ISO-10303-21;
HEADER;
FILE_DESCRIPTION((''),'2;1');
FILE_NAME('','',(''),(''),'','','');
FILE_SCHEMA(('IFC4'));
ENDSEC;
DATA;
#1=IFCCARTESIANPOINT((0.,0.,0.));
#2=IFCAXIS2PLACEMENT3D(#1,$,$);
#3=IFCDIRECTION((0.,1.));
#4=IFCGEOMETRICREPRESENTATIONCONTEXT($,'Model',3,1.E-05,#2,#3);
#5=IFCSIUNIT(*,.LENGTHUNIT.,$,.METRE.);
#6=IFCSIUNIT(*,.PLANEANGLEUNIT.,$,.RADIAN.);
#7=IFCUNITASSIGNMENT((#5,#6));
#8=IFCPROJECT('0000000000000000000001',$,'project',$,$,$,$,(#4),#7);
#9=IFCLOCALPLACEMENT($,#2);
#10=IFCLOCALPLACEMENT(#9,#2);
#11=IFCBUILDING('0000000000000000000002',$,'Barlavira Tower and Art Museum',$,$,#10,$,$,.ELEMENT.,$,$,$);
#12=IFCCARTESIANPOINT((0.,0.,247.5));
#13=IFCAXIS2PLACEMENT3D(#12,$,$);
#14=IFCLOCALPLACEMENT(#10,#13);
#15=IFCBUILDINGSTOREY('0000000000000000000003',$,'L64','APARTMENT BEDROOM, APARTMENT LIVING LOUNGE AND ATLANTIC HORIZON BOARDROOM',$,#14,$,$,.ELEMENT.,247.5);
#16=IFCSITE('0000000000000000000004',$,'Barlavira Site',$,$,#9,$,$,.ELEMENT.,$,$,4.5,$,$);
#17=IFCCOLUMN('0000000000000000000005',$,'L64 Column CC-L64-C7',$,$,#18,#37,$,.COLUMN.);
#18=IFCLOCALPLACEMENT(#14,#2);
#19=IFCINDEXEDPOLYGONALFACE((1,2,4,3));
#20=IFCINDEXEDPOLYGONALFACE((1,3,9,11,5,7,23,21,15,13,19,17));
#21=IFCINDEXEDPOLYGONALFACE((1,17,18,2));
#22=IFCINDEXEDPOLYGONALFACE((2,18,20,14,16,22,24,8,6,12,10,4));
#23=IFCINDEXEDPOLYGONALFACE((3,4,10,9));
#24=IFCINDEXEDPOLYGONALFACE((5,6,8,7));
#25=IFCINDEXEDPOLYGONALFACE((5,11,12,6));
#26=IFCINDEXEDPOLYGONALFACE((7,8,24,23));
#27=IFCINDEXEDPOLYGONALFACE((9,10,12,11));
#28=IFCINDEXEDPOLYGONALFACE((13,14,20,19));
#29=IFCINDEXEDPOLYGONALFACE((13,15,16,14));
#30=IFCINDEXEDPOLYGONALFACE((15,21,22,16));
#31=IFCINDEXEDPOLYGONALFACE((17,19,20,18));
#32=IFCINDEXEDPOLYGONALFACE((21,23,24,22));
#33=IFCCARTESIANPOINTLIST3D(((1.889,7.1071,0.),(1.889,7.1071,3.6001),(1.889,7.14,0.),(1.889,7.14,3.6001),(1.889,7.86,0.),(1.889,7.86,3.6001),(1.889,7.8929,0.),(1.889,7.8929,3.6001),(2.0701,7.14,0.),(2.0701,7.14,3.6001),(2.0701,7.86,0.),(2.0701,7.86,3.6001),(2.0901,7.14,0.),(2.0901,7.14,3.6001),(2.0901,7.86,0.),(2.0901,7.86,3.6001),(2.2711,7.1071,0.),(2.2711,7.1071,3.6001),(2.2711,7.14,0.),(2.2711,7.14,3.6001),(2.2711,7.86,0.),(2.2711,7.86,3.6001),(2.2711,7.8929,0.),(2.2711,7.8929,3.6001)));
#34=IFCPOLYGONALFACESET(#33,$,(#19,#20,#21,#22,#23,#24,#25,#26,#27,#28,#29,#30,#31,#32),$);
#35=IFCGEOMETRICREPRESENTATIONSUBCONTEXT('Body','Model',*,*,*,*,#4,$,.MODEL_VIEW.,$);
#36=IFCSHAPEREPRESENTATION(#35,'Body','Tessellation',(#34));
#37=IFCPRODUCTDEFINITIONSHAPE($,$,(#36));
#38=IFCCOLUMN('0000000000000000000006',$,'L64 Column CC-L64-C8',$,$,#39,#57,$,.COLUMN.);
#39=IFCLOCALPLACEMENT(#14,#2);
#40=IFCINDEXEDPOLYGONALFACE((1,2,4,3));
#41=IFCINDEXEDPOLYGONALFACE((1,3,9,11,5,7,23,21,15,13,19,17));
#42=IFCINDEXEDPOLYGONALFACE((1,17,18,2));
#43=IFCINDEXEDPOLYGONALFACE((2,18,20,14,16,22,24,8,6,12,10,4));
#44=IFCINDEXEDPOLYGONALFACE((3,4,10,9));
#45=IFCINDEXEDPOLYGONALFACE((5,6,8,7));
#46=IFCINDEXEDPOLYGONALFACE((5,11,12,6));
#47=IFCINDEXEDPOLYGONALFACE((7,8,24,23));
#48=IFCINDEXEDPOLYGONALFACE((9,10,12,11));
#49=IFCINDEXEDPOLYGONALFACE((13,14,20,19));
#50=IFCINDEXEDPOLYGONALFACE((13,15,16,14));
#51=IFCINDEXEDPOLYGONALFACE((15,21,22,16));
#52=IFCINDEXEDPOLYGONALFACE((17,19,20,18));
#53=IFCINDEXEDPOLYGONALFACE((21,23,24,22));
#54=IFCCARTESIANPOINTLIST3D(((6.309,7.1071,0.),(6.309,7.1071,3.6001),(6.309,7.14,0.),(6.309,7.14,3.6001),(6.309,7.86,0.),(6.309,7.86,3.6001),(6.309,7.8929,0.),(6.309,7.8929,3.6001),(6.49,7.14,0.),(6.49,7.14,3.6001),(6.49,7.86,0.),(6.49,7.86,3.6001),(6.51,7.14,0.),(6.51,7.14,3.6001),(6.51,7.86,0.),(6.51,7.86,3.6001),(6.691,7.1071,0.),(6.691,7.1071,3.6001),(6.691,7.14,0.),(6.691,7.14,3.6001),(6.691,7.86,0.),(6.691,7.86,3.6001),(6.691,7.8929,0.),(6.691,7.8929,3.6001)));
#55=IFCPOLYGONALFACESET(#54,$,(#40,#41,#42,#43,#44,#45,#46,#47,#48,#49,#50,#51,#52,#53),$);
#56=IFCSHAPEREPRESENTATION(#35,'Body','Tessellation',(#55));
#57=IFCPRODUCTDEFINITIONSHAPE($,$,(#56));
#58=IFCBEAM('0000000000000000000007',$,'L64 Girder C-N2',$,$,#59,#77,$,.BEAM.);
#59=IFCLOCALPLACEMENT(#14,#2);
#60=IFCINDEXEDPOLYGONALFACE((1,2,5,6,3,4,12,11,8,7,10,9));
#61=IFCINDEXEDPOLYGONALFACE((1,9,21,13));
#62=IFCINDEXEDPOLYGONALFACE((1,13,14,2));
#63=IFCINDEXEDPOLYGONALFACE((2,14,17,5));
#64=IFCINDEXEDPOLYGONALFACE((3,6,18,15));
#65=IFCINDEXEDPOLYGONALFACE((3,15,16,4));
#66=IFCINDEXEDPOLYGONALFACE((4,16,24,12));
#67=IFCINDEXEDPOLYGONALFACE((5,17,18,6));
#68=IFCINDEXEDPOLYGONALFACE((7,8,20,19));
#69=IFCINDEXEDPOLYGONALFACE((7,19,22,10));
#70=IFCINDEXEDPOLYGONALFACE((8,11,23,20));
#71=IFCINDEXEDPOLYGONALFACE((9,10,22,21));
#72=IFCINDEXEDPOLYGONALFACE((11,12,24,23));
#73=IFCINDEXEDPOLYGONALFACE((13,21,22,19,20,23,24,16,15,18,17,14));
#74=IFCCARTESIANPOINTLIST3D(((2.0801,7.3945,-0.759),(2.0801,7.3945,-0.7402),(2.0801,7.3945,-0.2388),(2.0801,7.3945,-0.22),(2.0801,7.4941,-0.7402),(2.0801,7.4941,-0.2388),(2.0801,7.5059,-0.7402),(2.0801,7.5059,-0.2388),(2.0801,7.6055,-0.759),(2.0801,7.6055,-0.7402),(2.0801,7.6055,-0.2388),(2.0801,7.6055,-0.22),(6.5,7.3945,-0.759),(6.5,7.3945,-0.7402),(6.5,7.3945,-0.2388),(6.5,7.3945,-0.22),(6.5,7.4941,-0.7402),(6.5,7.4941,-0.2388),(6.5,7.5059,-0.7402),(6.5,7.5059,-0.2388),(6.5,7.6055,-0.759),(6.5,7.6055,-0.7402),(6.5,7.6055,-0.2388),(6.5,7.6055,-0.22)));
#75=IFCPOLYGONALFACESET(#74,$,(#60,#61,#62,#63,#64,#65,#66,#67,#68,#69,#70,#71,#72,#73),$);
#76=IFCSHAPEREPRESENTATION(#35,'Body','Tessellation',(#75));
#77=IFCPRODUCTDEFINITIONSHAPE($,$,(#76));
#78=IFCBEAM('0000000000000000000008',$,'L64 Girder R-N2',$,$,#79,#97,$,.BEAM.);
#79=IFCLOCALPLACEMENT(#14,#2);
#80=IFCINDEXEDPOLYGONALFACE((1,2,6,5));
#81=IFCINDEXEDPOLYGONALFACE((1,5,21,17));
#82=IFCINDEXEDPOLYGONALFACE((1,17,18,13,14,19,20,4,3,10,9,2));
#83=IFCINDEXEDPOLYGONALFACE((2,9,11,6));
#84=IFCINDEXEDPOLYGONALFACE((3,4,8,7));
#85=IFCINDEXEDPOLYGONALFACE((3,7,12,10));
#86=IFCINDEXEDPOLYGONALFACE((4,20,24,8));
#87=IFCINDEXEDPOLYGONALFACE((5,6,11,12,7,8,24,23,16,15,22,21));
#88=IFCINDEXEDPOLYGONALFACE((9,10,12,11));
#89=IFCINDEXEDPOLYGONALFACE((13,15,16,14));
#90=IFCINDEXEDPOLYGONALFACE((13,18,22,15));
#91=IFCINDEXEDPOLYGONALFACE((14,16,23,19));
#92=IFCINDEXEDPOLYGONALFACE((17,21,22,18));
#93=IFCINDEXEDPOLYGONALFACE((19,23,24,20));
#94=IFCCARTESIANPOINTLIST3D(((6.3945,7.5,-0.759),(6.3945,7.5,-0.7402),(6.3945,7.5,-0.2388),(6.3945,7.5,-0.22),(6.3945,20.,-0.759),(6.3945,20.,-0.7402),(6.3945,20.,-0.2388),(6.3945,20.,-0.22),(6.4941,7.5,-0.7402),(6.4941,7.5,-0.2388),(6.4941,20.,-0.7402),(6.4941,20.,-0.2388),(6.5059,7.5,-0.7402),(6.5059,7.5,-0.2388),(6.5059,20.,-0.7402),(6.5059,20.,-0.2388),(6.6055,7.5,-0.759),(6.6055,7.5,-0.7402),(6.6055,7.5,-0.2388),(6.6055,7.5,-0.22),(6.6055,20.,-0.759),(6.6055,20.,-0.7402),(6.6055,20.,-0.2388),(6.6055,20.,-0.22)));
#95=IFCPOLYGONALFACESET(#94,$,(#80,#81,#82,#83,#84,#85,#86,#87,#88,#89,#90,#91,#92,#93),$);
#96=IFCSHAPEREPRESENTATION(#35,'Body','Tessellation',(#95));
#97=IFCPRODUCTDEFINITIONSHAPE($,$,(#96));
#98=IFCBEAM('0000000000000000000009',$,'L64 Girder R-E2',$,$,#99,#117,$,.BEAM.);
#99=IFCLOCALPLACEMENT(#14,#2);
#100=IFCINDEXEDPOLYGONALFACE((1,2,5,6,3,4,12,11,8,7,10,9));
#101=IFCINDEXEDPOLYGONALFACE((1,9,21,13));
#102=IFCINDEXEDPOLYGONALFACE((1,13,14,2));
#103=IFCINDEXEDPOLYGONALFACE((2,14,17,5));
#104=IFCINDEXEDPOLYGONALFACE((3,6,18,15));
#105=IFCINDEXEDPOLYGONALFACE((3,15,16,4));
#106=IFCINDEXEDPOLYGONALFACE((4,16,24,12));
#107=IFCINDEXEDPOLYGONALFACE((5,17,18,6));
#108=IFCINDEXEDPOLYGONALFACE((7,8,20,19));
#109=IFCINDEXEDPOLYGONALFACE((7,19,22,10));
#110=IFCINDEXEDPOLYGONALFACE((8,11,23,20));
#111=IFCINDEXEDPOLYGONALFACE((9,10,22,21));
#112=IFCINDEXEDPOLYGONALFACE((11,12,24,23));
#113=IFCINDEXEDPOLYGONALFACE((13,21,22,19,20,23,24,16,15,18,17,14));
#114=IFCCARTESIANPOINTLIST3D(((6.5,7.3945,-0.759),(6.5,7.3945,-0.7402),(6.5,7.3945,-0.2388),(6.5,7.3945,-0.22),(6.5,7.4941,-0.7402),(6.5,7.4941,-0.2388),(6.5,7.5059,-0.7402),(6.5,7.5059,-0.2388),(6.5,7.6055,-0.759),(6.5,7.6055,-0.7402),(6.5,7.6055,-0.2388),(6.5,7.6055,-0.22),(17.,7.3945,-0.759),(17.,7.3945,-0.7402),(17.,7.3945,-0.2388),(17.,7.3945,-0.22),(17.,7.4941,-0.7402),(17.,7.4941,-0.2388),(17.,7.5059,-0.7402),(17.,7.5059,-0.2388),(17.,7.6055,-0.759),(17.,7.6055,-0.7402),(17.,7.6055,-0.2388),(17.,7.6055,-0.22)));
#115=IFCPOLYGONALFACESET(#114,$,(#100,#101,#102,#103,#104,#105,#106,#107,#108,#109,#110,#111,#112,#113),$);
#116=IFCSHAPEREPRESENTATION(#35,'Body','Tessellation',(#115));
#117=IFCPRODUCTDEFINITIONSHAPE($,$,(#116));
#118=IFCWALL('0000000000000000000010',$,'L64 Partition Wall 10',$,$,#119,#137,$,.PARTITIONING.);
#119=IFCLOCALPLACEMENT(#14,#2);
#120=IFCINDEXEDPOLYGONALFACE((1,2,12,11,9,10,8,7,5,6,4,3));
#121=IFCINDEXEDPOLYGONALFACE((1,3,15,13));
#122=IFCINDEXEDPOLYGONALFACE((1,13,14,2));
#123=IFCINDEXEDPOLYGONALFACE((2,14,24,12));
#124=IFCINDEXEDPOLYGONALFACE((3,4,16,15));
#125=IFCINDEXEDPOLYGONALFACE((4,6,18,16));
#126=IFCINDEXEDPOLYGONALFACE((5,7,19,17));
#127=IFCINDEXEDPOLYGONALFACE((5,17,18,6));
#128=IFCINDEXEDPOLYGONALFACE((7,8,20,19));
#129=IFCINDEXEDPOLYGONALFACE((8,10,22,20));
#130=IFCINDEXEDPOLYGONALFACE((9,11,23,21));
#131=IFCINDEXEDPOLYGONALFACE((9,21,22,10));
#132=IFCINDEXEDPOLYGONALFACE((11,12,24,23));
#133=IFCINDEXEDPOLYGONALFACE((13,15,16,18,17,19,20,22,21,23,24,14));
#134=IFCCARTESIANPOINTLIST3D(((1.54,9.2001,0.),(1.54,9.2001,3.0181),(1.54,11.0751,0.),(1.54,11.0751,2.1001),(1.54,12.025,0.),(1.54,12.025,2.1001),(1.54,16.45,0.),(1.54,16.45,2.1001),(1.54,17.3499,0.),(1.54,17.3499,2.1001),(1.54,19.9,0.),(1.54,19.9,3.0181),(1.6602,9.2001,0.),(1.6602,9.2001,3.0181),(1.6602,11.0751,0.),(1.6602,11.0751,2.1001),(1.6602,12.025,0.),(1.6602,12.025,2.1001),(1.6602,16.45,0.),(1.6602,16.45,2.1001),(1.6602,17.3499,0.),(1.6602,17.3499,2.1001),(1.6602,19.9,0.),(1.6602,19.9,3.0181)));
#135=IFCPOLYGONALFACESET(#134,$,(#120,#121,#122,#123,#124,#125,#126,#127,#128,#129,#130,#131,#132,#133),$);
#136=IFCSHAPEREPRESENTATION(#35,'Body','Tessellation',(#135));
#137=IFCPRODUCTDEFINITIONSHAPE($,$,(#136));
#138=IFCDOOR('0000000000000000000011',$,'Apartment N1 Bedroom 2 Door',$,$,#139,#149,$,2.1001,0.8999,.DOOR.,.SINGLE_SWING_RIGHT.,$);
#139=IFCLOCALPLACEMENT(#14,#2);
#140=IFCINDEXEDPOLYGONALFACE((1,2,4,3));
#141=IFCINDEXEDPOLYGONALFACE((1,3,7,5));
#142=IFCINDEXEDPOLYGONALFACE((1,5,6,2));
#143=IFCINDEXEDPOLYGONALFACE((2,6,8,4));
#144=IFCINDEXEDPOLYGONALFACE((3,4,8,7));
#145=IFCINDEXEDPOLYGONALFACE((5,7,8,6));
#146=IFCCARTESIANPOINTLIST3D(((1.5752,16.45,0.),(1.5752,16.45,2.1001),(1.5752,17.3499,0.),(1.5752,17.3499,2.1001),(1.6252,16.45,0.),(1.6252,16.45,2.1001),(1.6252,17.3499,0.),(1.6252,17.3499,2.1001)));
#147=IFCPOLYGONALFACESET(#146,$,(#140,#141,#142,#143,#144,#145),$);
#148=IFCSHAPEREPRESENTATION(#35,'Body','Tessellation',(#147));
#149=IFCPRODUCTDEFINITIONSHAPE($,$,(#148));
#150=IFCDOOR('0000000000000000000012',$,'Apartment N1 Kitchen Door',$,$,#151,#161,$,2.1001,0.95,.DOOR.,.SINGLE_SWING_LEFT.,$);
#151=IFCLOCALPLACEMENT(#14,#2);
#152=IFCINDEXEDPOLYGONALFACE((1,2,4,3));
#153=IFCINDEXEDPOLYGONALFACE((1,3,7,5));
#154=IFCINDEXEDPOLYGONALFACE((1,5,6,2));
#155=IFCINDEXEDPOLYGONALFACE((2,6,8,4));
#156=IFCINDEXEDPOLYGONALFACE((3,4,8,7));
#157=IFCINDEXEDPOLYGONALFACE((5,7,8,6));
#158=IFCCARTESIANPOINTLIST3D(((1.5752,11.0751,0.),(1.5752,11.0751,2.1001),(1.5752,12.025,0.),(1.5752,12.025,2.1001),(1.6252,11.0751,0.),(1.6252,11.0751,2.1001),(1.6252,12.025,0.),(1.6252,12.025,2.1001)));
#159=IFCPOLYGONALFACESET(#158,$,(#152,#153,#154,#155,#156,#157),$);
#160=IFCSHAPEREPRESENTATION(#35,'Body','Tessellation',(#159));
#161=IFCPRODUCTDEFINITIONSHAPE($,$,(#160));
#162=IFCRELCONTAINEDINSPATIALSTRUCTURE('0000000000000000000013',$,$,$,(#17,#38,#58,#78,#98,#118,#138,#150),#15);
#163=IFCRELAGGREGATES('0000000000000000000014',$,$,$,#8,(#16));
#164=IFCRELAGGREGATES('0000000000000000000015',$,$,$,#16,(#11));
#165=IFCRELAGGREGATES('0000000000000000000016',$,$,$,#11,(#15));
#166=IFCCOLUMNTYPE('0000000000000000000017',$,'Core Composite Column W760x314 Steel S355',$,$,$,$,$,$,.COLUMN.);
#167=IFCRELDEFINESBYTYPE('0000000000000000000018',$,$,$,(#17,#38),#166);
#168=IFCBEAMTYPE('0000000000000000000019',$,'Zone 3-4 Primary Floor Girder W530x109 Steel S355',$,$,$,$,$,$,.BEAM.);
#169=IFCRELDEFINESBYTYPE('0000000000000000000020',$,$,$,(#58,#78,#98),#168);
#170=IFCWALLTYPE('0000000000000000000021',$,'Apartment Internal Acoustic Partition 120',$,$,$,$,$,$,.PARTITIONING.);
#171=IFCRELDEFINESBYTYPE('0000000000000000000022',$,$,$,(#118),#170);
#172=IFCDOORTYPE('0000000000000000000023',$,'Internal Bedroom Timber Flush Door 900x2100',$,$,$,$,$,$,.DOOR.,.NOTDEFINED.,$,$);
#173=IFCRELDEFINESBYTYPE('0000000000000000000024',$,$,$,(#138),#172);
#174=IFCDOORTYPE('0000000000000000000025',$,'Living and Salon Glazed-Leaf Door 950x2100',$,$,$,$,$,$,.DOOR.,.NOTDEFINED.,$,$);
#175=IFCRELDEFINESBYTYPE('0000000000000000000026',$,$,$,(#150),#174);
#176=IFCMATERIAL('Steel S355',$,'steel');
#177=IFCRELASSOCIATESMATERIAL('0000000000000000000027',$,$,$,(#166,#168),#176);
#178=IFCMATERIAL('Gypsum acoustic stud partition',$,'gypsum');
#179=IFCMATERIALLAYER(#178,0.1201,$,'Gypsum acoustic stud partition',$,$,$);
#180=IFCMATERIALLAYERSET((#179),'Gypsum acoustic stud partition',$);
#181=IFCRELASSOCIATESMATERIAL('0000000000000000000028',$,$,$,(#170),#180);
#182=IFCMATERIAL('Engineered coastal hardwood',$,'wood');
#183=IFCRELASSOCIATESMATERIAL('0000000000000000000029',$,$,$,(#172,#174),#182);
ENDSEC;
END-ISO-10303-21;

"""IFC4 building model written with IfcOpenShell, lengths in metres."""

from ifc_helpers import new_model, si_unit, direction, frame, frame_2d, origin, origin_2d, place, context, subcontext, project, spatial, rectangle, i_section, extrude, material, layer, layer_set, material_profile, profile_set, type_object, element, fill, save


model = new_model("IFC4")

# Units and contexts
model_context = context("Model", 3, precision=1e-05, world=origin(), true_north=direction((0.0, 1.0)))
body_context = subcontext(model_context, "Body", "Model", "MODEL_VIEW")
ifc_project = project(units=[si_unit("LENGTHUNIT", "METRE"), si_unit("PLANEANGLEUNIT", "RADIAN")], contexts=[model_context])

# Site, building, storey
site_placement = place(None, origin())
site = spatial("IfcSite", under=ifc_project, at=site_placement, Name="Barlavira Site", CompositionType="ELEMENT", RefElevation=4.5)
building_placement = place(site_placement, origin())
building = spatial("IfcBuilding", under=site, at=building_placement, Name="Barlavira Tower and Art Museum", CompositionType="ELEMENT")
storey_placement = place(building_placement, frame((0.0, 0.0, 247.5)))
storey = spatial("IfcBuildingStorey", under=building, at=storey_placement, Name="L64", Description="APARTMENT BEDROOM, APARTMENT LIVING LOUNGE AND ATLANTIC HORIZON BOARDROOM", CompositionType="ELEMENT", Elevation=247.5)

# Columns
ifc_material_1 = material(Name="Steel S355", Category="steel")
ifc_material_profile_1 = material_profile(ifc_material_1, i_section(OverallWidth=0.3821, OverallDepth=0.7859, WebThickness=0.02, FlangeThickness=0.033, at=origin_2d()), Name="W760x314.0")
ifc_profile_set_1 = profile_set([ifc_material_profile_1], Name="Steel S355")
column_type = type_object("IfcColumnType", Name="Core Composite Column W760x314 Steel S355", PredefinedType="COLUMN", material=ifc_profile_set_1)
for number, where, z_axis, x_axis, name in (
    (1, (2.0801, 7.5, 0.0), (0.0, 0.0, 1.0), (1.0, 0.0, 0.0), "L64 Column CC-L64-C7"),
    (2, (6.5, 7.5, 0.0), (0.0, 0.0, 1.0), (1.0, 0.0, 0.0), "L64 Column CC-L64-C8"),
):
    element("IfcColumn", number, at=place(storey_placement, frame(where, z_axis=z_axis, x_axis=x_axis)), inside=storey, type_object=column_type, Name=name, PredefinedType="COLUMN", context=body_context, shape_type="SweptSolid", body=[
        extrude(i_section(OverallWidth=0.3821, OverallDepth=0.7859, WebThickness=0.02, FlangeThickness=0.033, at=origin_2d()), origin(), (0.0, 0.0, 1.0), 3.6001),
    ])

# Beams
ifc_material_profile_2 = material_profile(ifc_material_1, i_section(OverallWidth=0.2109, OverallDepth=0.5391, WebThickness=0.0117, FlangeThickness=0.0188, at=origin_2d()), Name="W530x109.0")
ifc_profile_set_2 = profile_set([ifc_material_profile_2], Name="Steel S355")
beam_type = type_object("IfcBeamType", Name="Zone 3-4 Primary Floor Girder W530x109 Steel S355", PredefinedType="BEAM", material=ifc_profile_set_2)
beam_1_placement = place(storey_placement, frame((2.0801, 7.5, -0.4895), z_axis=(1.0, 0.0, 0.0), x_axis=(0.0, 1.0, 0.0)))
element("IfcBeam", 3, at=beam_1_placement, inside=storey, type_object=beam_type, Name="L64 Girder C-N2", PredefinedType="BEAM", context=body_context, shape_type="SweptSolid", body=[
    extrude(i_section(OverallWidth=0.2109, OverallDepth=0.5391, WebThickness=0.0117, FlangeThickness=0.0188, at=origin_2d()), origin(), (0.0, 0.0, 1.0), 4.4199),
])
beam_2_placement = place(storey_placement, frame((6.5, 7.5, -0.4895), z_axis=(0.0, 1.0, 0.0), x_axis=(-1.0, 0.0, 0.0)))
element("IfcBeam", 4, at=beam_2_placement, inside=storey, type_object=beam_type, Name="L64 Girder R-N2", PredefinedType="BEAM", context=body_context, shape_type="SweptSolid", body=[
    extrude(i_section(OverallWidth=0.2109, OverallDepth=0.5391, WebThickness=0.0117, FlangeThickness=0.0188, at=origin_2d()), origin(), (0.0, 0.0, 1.0), 12.5),
])
beam_3_placement = place(storey_placement, frame((6.5, 7.5, -0.4895), z_axis=(1.0, 0.0, 0.0), x_axis=(0.0, 1.0, 0.0)))
element("IfcBeam", 5, at=beam_3_placement, inside=storey, type_object=beam_type, Name="L64 Girder R-E2", PredefinedType="BEAM", context=body_context, shape_type="SweptSolid", body=[
    extrude(i_section(OverallWidth=0.2109, OverallDepth=0.5391, WebThickness=0.0117, FlangeThickness=0.0188, at=origin_2d()), origin(), (0.0, 0.0, 1.0), 10.5),
])

# Wall, openings, doors
ifc_material_2 = material(Name="Gypsum acoustic stud partition", Category="gypsum")
ifc_layer_1 = layer(ifc_material_2, 0.1201, Name="Gypsum acoustic stud partition")
ifc_layer_set_1 = layer_set([ifc_layer_1], Name="Gypsum acoustic stud partition")
wall_type_1 = type_object("IfcWallType", Name="Apartment Internal Acoustic Partition 120", PredefinedType="PARTITIONING", material=ifc_layer_set_1)
wall_1_placement = place(storey_placement, frame((1.6001, 9.2, 0.0), z_axis=(0.0, 0.0, 1.0), x_axis=(0.0, 1.0, 0.0)))
wall_1 = element("IfcWall", 6, at=wall_1_placement, inside=storey, type_object=wall_type_1, Name="L64 Partition Wall 10", PredefinedType="PARTITIONING", context=body_context, shape_type="SweptSolid", body=[
    extrude(rectangle(XDim=10.7, YDim=0.1201, at=frame_2d((5.3501, 0.0))), origin(), (0.0, 0.0, 1.0), 3.0181),
])
opening_1_placement = place(wall_1_placement, frame((1.875, 0.0, 0.0)))
opening_1 = element("IfcOpeningElement", 7, at=opening_1_placement, cuts=wall_1, PredefinedType="OPENING", context=body_context, shape_type="SweptSolid", body=[
    extrude(rectangle(XDim=0.95, YDim=2.1001, at=frame_2d((0.4751, 1.05))), frame((0.0, 0.0701, 0.0), z_axis=(0.0, -1.0, 0.0), x_axis=(1.0, 0.0, 0.0)), (0.0, 0.0, 1.0), 0.1401),
])
opening_2_placement = place(wall_1_placement, frame((7.25, 0.0, 0.0)))
opening_2 = element("IfcOpeningElement", 8, at=opening_2_placement, cuts=wall_1, PredefinedType="OPENING", context=body_context, shape_type="SweptSolid", body=[
    extrude(rectangle(XDim=0.8999, YDim=2.1001, at=frame_2d((0.45, 1.05))), frame((0.0, 0.0701, 0.0), z_axis=(0.0, -1.0, 0.0), x_axis=(1.0, 0.0, 0.0)), (0.0, 0.0, 1.0), 0.1401),
])
ifc_material_3 = material(Name="Engineered coastal hardwood", Category="wood")
door_type_1 = type_object("IfcDoorType", Name="Internal Bedroom Timber Flush Door 900x2100", OperationType="NOTDEFINED", PredefinedType="DOOR", material=ifc_material_3)
door_1_placement = place(opening_2_placement, origin())
door_1 = element("IfcDoor", 9, at=door_1_placement, inside=storey, type_object=door_type_1, Name="Apartment N1 Bedroom 2 Door", OperationType="SINGLE_SWING_RIGHT", OverallHeight=2.1001, OverallWidth=0.8999, PredefinedType="DOOR", context=body_context, shape_type="SweptSolid", body=[
    extrude(rectangle(XDim=0.8999, YDim=2.1001, at=frame_2d((0.45, 1.05))), frame((0.0, 0.0249, 0.0), z_axis=(0.0, -1.0, 0.0), x_axis=(1.0, 0.0, 0.0)), (0.0, 0.0, 1.0), 0.05),
])
fill(opening_2, door_1)
door_type_2 = type_object("IfcDoorType", Name="Living and Salon Glazed-Leaf Door 950x2100", OperationType="NOTDEFINED", PredefinedType="DOOR", material=ifc_material_3)
door_2_placement = place(opening_1_placement, origin())
door_2 = element("IfcDoor", 10, at=door_2_placement, inside=storey, type_object=door_type_2, Name="Apartment N1 Kitchen Door", OperationType="SINGLE_SWING_LEFT", OverallHeight=2.1001, OverallWidth=0.95, PredefinedType="DOOR", context=body_context, shape_type="SweptSolid", body=[
    extrude(rectangle(XDim=0.95, YDim=2.1001, at=frame_2d((0.4751, 1.05))), frame((0.0, 0.0249, 0.0), z_axis=(0.0, -1.0, 0.0), x_axis=(1.0, 0.0, 0.0)), (0.0, 0.0, 1.0), 0.05),
])
fill(opening_1, door_2)

save(model, "model.ifc")
